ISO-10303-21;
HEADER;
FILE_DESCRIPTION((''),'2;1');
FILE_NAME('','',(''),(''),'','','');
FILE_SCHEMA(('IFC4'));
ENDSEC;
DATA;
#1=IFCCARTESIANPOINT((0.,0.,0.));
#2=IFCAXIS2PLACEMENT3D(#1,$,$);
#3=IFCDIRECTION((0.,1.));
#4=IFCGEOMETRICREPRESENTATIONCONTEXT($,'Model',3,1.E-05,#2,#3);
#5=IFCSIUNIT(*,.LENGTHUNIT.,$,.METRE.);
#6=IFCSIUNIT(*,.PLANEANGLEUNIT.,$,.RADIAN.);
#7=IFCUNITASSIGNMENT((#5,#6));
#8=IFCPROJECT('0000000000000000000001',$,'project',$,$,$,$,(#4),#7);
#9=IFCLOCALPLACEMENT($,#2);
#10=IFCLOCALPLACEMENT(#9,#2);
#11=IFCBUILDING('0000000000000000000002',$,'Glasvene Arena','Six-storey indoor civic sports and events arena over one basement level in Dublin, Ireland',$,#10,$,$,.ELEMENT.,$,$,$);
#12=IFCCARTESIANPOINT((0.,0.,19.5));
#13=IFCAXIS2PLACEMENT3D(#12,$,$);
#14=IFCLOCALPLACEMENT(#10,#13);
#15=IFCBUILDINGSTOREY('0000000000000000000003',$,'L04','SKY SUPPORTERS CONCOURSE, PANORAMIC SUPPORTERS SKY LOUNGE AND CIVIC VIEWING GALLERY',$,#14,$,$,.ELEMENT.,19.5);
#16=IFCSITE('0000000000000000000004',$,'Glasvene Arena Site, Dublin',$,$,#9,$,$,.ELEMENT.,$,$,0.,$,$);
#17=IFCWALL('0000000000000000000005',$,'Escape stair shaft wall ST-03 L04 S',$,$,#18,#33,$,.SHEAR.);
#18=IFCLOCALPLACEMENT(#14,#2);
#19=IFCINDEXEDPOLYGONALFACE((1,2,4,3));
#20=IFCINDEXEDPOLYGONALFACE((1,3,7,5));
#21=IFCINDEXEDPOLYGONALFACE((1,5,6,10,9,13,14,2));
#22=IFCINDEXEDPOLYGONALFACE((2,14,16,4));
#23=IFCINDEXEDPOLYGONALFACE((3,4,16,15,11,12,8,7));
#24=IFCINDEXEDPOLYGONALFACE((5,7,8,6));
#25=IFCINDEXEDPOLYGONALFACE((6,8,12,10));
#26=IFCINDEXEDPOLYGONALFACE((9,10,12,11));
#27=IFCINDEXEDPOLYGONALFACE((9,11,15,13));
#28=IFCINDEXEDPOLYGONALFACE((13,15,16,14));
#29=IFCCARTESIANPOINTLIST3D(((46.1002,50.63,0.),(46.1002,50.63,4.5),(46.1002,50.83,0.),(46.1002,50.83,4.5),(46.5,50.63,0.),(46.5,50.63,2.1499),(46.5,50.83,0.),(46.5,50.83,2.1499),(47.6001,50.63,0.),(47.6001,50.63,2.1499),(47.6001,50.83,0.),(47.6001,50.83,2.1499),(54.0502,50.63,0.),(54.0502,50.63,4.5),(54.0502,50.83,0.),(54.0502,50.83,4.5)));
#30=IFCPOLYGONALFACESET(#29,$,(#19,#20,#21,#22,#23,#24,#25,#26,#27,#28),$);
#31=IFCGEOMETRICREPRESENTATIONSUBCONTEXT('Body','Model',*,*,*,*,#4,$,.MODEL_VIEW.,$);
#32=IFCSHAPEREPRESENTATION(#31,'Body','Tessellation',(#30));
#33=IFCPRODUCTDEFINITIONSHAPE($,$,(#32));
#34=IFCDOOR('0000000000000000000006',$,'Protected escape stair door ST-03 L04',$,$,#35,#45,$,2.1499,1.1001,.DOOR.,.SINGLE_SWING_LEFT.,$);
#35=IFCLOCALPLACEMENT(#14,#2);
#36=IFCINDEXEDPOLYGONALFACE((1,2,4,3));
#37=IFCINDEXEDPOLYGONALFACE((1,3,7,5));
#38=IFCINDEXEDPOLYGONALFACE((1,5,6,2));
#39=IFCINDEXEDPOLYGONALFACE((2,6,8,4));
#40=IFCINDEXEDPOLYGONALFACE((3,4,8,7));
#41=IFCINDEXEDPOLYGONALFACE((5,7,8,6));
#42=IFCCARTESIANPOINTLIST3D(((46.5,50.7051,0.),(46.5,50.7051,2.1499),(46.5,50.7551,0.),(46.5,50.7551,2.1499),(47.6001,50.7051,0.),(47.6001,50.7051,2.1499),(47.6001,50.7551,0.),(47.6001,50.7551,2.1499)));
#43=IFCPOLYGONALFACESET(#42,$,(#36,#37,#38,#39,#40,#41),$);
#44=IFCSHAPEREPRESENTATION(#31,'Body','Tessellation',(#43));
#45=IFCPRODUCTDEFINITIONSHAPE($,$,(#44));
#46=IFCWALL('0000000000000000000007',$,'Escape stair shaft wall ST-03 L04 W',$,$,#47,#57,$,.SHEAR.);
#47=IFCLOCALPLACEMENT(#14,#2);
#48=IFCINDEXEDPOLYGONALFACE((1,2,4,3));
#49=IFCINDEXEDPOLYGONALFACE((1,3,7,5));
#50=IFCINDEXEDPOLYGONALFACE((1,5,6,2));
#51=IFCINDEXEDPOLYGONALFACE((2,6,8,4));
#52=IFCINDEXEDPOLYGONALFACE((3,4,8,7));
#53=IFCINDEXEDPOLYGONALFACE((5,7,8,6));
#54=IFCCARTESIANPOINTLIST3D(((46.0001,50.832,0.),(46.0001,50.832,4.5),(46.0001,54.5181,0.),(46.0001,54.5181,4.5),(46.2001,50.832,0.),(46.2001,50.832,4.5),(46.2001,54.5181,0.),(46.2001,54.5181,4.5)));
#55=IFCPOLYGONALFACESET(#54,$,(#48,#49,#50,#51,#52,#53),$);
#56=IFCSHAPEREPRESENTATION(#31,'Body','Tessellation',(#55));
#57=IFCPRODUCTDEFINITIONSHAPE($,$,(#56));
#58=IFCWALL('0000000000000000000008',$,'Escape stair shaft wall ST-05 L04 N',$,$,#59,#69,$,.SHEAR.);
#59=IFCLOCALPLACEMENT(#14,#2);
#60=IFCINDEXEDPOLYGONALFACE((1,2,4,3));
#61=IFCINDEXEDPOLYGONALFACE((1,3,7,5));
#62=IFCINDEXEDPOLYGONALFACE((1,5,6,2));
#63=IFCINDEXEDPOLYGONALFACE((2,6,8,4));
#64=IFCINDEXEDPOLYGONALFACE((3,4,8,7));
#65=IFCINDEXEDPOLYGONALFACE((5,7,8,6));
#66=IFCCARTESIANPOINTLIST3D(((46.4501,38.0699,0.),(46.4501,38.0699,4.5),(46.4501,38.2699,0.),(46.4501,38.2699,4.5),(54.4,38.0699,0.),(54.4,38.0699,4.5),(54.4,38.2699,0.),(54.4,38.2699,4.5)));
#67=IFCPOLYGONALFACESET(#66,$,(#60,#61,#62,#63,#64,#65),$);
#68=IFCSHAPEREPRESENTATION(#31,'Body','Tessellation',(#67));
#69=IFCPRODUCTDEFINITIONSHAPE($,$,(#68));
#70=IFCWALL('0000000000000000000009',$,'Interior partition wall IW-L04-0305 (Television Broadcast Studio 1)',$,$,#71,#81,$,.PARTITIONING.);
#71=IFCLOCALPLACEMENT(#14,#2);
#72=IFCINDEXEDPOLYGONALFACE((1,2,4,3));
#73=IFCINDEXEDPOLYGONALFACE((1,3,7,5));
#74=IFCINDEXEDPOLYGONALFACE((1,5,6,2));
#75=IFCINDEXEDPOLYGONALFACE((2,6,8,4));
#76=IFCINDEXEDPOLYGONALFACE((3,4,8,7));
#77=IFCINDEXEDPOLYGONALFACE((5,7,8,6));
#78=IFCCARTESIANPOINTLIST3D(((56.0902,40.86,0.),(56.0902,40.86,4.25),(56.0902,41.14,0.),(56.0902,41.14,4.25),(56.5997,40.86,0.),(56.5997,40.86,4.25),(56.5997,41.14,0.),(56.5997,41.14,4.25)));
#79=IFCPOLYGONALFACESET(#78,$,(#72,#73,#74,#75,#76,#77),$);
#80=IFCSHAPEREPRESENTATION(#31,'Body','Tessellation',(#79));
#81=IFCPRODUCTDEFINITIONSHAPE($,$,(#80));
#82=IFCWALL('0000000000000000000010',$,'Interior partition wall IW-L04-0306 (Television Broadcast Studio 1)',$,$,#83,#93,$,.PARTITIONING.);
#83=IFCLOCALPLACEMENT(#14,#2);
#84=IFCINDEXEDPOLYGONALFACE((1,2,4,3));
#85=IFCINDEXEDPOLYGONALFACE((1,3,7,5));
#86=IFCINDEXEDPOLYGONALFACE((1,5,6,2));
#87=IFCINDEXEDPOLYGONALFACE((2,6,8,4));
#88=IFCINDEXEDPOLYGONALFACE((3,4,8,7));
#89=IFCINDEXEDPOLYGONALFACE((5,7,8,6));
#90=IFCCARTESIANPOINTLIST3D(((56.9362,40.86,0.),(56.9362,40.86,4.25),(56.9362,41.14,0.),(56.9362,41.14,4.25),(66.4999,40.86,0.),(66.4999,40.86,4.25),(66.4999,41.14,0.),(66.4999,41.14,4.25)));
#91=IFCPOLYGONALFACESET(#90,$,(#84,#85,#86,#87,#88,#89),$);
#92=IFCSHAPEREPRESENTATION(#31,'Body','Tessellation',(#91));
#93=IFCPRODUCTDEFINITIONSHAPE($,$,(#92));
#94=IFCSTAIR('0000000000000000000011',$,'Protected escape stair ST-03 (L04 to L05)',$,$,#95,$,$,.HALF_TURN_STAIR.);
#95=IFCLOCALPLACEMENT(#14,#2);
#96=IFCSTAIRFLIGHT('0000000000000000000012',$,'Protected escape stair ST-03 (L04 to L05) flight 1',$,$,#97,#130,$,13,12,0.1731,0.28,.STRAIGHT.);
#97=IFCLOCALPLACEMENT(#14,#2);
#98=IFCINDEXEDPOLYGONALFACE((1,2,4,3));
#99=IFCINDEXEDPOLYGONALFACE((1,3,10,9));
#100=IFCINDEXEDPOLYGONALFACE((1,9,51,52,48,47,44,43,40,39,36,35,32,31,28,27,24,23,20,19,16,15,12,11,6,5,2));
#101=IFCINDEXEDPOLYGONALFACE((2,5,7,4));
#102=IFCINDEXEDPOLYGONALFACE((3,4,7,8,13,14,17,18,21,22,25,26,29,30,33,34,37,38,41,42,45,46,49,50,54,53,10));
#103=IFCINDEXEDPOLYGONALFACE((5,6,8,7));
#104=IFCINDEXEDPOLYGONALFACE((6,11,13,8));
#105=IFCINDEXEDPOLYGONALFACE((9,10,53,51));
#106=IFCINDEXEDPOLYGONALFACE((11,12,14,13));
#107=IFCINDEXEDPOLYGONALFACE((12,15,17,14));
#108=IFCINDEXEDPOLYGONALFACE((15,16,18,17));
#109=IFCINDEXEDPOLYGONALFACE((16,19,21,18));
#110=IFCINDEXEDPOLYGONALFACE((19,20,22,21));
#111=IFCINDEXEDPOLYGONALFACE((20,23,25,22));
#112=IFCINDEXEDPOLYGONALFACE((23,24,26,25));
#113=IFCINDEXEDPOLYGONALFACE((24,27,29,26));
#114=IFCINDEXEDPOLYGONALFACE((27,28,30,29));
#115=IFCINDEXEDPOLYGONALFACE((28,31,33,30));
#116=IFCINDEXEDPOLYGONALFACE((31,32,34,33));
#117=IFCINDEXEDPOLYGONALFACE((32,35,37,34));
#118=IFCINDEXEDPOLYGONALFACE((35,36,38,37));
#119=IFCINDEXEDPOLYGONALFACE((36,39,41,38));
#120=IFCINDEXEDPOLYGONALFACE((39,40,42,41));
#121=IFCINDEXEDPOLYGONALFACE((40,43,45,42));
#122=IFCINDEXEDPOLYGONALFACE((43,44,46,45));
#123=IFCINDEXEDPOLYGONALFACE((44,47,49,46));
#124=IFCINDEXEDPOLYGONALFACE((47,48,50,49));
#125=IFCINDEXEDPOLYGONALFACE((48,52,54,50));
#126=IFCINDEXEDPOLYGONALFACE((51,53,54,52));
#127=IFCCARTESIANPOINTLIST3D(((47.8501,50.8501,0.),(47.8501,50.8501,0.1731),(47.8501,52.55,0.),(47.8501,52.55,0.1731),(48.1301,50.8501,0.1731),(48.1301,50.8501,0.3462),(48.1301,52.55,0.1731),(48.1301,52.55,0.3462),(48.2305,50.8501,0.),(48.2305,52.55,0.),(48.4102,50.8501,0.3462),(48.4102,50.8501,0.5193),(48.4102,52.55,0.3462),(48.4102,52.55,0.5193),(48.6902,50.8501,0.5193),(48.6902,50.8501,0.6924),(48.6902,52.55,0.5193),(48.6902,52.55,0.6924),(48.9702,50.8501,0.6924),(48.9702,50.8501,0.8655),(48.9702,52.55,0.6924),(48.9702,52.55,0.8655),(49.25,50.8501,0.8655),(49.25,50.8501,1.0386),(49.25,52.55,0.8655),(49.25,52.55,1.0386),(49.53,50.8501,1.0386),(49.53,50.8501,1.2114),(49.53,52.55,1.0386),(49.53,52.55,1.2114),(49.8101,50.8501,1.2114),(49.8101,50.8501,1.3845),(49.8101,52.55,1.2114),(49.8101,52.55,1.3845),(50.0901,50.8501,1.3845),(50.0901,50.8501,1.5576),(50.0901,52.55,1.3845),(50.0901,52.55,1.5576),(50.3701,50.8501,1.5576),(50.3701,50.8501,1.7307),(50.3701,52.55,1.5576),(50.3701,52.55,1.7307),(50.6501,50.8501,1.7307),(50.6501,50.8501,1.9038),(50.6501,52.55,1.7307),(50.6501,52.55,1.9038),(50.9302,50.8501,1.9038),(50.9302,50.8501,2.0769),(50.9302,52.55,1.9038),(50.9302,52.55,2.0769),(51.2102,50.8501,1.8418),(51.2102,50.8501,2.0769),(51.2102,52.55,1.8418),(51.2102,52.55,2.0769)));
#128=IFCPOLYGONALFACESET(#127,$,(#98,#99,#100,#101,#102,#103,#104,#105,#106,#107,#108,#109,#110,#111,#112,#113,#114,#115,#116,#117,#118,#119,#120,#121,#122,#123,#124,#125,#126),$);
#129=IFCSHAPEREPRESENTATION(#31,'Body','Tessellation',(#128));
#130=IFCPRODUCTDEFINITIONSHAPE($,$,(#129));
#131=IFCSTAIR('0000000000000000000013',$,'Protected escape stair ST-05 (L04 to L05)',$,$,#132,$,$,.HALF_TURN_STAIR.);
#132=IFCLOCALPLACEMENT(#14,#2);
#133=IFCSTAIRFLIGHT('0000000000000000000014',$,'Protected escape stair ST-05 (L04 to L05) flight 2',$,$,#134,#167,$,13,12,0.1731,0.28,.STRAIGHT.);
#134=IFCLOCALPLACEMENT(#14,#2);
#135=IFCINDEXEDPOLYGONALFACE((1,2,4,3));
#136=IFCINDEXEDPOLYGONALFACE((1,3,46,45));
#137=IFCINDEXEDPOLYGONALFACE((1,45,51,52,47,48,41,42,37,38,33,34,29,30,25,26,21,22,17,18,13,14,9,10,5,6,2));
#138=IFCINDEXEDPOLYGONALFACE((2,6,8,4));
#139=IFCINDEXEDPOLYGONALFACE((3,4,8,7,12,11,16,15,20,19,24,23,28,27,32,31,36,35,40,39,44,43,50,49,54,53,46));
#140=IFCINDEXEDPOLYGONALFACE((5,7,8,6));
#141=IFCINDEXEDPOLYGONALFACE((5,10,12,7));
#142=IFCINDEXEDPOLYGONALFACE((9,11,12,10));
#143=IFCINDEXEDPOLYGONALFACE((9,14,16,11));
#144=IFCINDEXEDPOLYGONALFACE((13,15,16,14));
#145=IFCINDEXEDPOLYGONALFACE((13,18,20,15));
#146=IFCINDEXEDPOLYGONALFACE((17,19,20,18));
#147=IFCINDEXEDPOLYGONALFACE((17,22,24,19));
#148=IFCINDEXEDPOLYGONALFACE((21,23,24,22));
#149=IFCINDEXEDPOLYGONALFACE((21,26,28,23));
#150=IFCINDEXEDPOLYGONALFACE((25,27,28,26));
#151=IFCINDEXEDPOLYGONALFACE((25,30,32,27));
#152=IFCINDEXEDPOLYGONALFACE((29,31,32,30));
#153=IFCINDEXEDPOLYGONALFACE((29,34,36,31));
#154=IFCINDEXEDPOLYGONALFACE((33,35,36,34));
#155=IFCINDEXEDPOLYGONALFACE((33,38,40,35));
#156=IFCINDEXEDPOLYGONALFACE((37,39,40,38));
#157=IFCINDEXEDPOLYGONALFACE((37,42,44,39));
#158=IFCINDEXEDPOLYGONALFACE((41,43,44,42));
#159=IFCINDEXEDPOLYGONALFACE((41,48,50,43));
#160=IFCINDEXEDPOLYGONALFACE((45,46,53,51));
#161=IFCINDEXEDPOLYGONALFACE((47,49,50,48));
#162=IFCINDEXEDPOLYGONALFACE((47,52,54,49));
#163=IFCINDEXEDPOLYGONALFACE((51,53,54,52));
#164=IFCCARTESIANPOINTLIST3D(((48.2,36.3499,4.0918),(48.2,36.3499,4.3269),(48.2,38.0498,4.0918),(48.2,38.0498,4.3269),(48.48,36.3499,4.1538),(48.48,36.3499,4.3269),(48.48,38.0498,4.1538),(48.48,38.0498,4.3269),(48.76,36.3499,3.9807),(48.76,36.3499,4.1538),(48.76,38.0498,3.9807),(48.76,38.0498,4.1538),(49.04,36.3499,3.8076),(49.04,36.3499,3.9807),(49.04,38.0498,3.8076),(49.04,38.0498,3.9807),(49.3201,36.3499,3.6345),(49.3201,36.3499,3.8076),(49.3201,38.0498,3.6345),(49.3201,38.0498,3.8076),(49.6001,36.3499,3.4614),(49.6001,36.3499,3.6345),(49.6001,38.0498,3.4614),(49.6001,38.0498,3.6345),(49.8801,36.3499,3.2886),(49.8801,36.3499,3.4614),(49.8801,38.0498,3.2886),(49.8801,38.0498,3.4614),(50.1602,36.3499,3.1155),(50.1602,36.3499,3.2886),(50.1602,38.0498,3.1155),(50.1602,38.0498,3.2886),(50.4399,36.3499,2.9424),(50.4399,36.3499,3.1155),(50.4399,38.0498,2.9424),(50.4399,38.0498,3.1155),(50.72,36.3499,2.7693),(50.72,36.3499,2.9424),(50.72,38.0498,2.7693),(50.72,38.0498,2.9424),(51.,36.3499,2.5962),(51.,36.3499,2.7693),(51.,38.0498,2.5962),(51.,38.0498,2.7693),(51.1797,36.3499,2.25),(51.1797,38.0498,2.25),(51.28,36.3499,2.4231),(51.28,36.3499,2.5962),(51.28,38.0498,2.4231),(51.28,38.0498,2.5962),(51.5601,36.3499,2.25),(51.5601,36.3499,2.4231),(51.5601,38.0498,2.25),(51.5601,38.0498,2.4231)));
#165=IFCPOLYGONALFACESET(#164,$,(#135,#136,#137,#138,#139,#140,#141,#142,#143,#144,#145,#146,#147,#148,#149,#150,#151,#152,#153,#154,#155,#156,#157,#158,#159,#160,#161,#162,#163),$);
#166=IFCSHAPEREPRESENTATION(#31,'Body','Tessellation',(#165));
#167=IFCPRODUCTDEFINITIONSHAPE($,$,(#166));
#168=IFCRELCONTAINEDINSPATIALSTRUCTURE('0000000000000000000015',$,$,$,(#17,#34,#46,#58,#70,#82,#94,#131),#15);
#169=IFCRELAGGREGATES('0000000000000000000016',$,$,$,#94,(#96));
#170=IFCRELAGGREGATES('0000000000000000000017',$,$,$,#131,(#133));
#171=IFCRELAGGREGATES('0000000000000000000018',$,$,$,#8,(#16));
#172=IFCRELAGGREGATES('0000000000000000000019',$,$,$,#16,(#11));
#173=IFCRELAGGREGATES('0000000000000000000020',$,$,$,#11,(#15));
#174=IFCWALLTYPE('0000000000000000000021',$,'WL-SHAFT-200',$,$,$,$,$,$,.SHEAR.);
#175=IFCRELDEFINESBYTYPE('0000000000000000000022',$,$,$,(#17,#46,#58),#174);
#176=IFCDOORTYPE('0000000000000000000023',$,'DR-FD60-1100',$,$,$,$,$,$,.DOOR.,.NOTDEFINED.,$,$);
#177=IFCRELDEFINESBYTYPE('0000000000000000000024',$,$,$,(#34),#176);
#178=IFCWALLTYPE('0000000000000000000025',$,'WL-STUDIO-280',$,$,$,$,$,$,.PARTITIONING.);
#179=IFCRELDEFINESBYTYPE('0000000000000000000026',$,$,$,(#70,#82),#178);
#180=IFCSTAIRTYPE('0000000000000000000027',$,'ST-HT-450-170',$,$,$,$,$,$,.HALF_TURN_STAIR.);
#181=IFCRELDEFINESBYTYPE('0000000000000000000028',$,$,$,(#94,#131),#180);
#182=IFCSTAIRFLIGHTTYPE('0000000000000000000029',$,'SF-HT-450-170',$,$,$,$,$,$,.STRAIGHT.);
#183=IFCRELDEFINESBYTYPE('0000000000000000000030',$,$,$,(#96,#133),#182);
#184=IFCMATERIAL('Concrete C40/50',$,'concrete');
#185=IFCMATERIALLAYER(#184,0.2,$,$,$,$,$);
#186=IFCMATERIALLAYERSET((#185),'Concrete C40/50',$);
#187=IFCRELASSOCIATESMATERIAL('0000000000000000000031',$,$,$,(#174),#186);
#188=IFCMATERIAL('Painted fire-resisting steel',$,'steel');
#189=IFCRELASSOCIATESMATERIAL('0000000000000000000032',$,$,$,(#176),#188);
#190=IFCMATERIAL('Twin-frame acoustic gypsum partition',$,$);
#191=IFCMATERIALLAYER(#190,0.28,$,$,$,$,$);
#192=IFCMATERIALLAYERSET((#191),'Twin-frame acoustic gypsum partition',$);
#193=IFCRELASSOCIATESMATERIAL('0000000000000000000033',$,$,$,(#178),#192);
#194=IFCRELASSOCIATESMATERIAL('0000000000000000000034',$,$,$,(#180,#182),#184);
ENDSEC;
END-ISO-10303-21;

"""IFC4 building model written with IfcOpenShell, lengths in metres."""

from ifc_helpers import new_model, si_unit, direction, frame, frame_2d, origin, place, context, subcontext, project, spatial, polyline, rectangle, outline, extrude, material, layer, layer_set, type_object, element, fill, aggregate, save


model = new_model("IFC4")

# Units and contexts
model_context = context("Model", 3, precision=1e-05, world=origin(), true_north=direction((0.0, 1.0)))
body_context = subcontext(model_context, "Body", "Model", "MODEL_VIEW")
ifc_project = project(units=[si_unit("LENGTHUNIT", "METRE"), si_unit("PLANEANGLEUNIT", "RADIAN")], contexts=[model_context])

# Site, building, storey
site_placement = place(None, origin())
site = spatial("IfcSite", under=ifc_project, at=site_placement, Name="Glasvene Arena Site, Dublin", CompositionType="ELEMENT", RefElevation=0.0)
building_placement = place(site_placement, origin())
building = spatial("IfcBuilding", under=site, at=building_placement, Name="Glasvene Arena", Description="Six-storey indoor civic sports and events arena over one basement level in Dublin, Ireland", CompositionType="ELEMENT")
storey_placement = place(building_placement, frame((0.0, 0.0, 19.5)))
storey = spatial("IfcBuildingStorey", under=building, at=storey_placement, Name="L04", Description="SKY SUPPORTERS CONCOURSE, PANORAMIC SUPPORTERS SKY LOUNGE AND CIVIC VIEWING GALLERY", CompositionType="ELEMENT", Elevation=19.5)

# Shared definitions
ifc_material_1 = material(Name="Concrete C40/50", Category="concrete")

# Wall, opening, door
ifc_material_2 = material(Name="Painted fire-resisting steel", Category="steel")
ifc_layer_1 = layer(ifc_material_1, 0.2)
ifc_layer_set_1 = layer_set([ifc_layer_1], Name="Concrete C40/50")
wall_type_1 = type_object("IfcWallType", Name="WL-SHAFT-200", PredefinedType="SHEAR", material=ifc_layer_set_1)
wall_1_placement = place(storey_placement, frame((46.1001, 50.73, 0.0), z_axis=(0.0, 0.0, 1.0), x_axis=(1.0, 0.0, 0.0)))
wall_1 = element("IfcWall", 1, at=wall_1_placement, inside=storey, type_object=wall_type_1, Name="Escape stair shaft wall ST-03 L04 S", PredefinedType="SHEAR", context=body_context, shape_type="SweptSolid", body=[
    extrude(rectangle(XDim=7.95, YDim=0.2, at=frame_2d((3.9751, 0.0))), origin(), (0.0, 0.0, 1.0), 4.5),
])
opening_1_placement = place(wall_1_placement, frame((0.3999, 0.0, 0.0)))
opening_1 = element("IfcOpeningElement", 2, at=opening_1_placement, cuts=wall_1, PredefinedType="OPENING", context=body_context, shape_type="SweptSolid", body=[
    extrude(rectangle(XDim=1.1001, YDim=2.1499, at=frame_2d((0.55, 1.075))), frame((0.0, 0.1099, 0.0), z_axis=(0.0, -1.0, 0.0), x_axis=(1.0, 0.0, 0.0)), (0.0, 0.0, 1.0), 0.22),
])
door_type_1 = type_object("IfcDoorType", Name="DR-FD60-1100", OperationType="NOTDEFINED", PredefinedType="DOOR", material=ifc_material_2)
door_1_placement = place(opening_1_placement, frame((1.1001, 0.0, 0.0), z_axis=(0.0, 0.0, 1.0), x_axis=(-1.0, 0.0, 0.0)))
door_1 = element("IfcDoor", 3, at=door_1_placement, inside=storey, type_object=door_type_1, Name="Protected escape stair door ST-03 L04", OperationType="SINGLE_SWING_LEFT", OverallHeight=2.1499, OverallWidth=1.1001, PredefinedType="DOOR", context=body_context, shape_type="SweptSolid", body=[
    extrude(rectangle(XDim=1.1001, YDim=2.1499, at=frame_2d((0.55, 1.075))), frame((0.0, 0.0249, 0.0), z_axis=(0.0, -1.0, 0.0), x_axis=(1.0, 0.0, 0.0)), (0.0, 0.0, 1.0), 0.05),
])
fill(opening_1, door_1)

# Walls
wall_2_placement = place(storey_placement, frame((46.1001, 50.832, 0.0), z_axis=(0.0, 0.0, 1.0), x_axis=(0.0, 1.0, 0.0)))
element("IfcWall", 4, at=wall_2_placement, inside=storey, type_object=wall_type_1, Name="Escape stair shaft wall ST-03 L04 W", PredefinedType="SHEAR", context=body_context, shape_type="SweptSolid", body=[
    extrude(rectangle(XDim=3.686, YDim=0.2, at=frame_2d((1.843, 0.0))), origin(), (0.0, 0.0, 1.0), 4.5),
])
wall_3_placement = place(storey_placement, frame((46.45, 38.1699, 0.0), z_axis=(0.0, 0.0, 1.0), x_axis=(1.0, 0.0, 0.0)))
element("IfcWall", 5, at=wall_3_placement, inside=storey, type_object=wall_type_1, Name="Escape stair shaft wall ST-05 L04 N", PredefinedType="SHEAR", context=body_context, shape_type="SweptSolid", body=[
    extrude(rectangle(XDim=7.95, YDim=0.2, at=frame_2d((3.9751, 0.0))), origin(), (0.0, 0.0, 1.0), 4.5),
])
ifc_material_3 = material(Name="Twin-frame acoustic gypsum partition")
ifc_layer_2 = layer(ifc_material_3, 0.28)
ifc_layer_set_2 = layer_set([ifc_layer_2], Name="Twin-frame acoustic gypsum partition")
wall_type_2 = type_object("IfcWallType", Name="WL-STUDIO-280", PredefinedType="PARTITIONING", material=ifc_layer_set_2)
wall_4_placement = place(storey_placement, frame((56.0901, 41.0, 0.0), z_axis=(0.0, 0.0, 1.0), x_axis=(1.0, 0.0, 0.0)))
element("IfcWall", 6, at=wall_4_placement, inside=storey, type_object=wall_type_2, Name="Interior partition wall IW-L04-0305 (Television Broadcast Studio 1)", PredefinedType="PARTITIONING", context=body_context, shape_type="SweptSolid", body=[
    extrude(rectangle(XDim=0.5095, YDim=0.28, at=frame_2d((0.2549, 0.0))), origin(), (0.0, 0.0, 1.0), 4.25),
])
wall_5_placement = place(storey_placement, frame((56.9363, 41.0, 0.0), z_axis=(0.0, 0.0, 1.0), x_axis=(1.0, 0.0, 0.0)))
element("IfcWall", 7, at=wall_5_placement, inside=storey, type_object=wall_type_2, Name="Interior partition wall IW-L04-0306 (Television Broadcast Studio 1)", PredefinedType="PARTITIONING", context=body_context, shape_type="SweptSolid", body=[
    extrude(rectangle(XDim=9.5637, YDim=0.28, at=frame_2d((4.7817, 0.0))), origin(), (0.0, 0.0, 1.0), 4.25),
])

# Stairs, stair flights
stair_type = type_object("IfcStairType", Name="ST-HT-450-170", PredefinedType="HALF_TURN_STAIR", material=ifc_material_1)
stair_1_placement = place(storey_placement, origin())
stair_1 = element("IfcStair", 8, at=stair_1_placement, inside=storey, type_object=stair_type, Name="Protected escape stair ST-03 (L04 to L05)", PredefinedType="HALF_TURN_STAIR")
stair_flight_type = type_object("IfcStairFlightType", Name="SF-HT-450-170", PredefinedType="STRAIGHT", material=ifc_material_1)
stair_flight_1_placement = place(storey_placement, frame((47.8501, 51.7, 0.0), z_axis=(0.0, 0.0, 1.0), x_axis=(1.0, 0.0, 0.0)))
stair_flight_1 = element("IfcStairFlight", 9, at=stair_flight_1_placement, type_object=stair_flight_type, Name="Protected escape stair ST-03 (L04 to L05) flight 1", NumberOfRisers=13, NumberOfTreads=12, PredefinedType="STRAIGHT", RiserHeight=0.1731, TreadLength=0.28, context=body_context, shape_type="SweptSolid", body=[
    extrude(outline(polyline([(0.0, 0.0), (0.0, 0.1731), (0.28, 0.1731), (0.28, 0.3462), (0.5601, 0.3462), (0.5601, 0.5193), (0.8401, 0.5193), (0.8401, 0.6924), (1.1201, 0.6924), (1.1201, 0.8655), (1.3999, 0.8655), (1.3999, 1.0386), (1.6799, 1.0386), (1.6799, 1.2114), (1.96, 1.2114), (1.96, 1.3845), (2.24, 1.3845), (2.24, 1.5576), (2.52, 1.5576), (2.52, 1.7307), (2.8, 1.7307), (2.8, 1.9038), (3.0801, 1.9038), (3.0801, 2.0769), (3.3601, 2.0769), (3.3601, 2.25), (3.3601, 1.8418), (0.3804, 0.0), (0.0, 0.0)])), frame((0.0, 0.8501, 0.0), z_axis=(0.0, -1.0, 0.0), x_axis=(1.0, 0.0, 0.0)), (0.0, 0.0, 1.0), 1.7),
])
aggregate(stair_1, [stair_flight_1])
stair_2_placement = place(storey_placement, origin())
stair_2 = element("IfcStair", 10, at=stair_2_placement, inside=storey, type_object=stair_type, Name="Protected escape stair ST-05 (L04 to L05)", PredefinedType="HALF_TURN_STAIR")
stair_flight_2_placement = place(storey_placement, frame((51.5601, 37.2, 2.25), z_axis=(0.0, 0.0, 1.0), x_axis=(-1.0, 0.0, 0.0)))
stair_flight_2 = element("IfcStairFlight", 11, at=stair_flight_2_placement, type_object=stair_flight_type, Name="Protected escape stair ST-05 (L04 to L05) flight 2", NumberOfRisers=13, NumberOfTreads=12, PredefinedType="STRAIGHT", RiserHeight=0.1731, TreadLength=0.28, context=body_context, shape_type="SweptSolid", body=[
    extrude(outline(polyline([(0.0, 0.0), (0.0, 0.1731), (0.28, 0.1731), (0.28, 0.3462), (0.5601, 0.3462), (0.5601, 0.5193), (0.8401, 0.5193), (0.8401, 0.6924), (1.1201, 0.6924), (1.1201, 0.8655), (1.3999, 0.8655), (1.3999, 1.0386), (1.6799, 1.0386), (1.6799, 1.2114), (1.96, 1.2114), (1.96, 1.3845), (2.24, 1.3845), (2.24, 1.5576), (2.52, 1.5576), (2.52, 1.7307), (2.8, 1.7307), (2.8, 1.9038), (3.0801, 1.9038), (3.0801, 2.0769), (3.3601, 2.0769), (3.3601, 2.25), (3.3601, 1.8418), (0.3804, 0.0), (0.0, 0.0)])), frame((0.0, 0.8501, 0.0), z_axis=(0.0, -1.0, 0.0), x_axis=(1.0, 0.0, 0.0)), (0.0, 0.0, 1.0), 1.7),
])
aggregate(stair_2, [stair_flight_2])

save(model, "model.ifc")
